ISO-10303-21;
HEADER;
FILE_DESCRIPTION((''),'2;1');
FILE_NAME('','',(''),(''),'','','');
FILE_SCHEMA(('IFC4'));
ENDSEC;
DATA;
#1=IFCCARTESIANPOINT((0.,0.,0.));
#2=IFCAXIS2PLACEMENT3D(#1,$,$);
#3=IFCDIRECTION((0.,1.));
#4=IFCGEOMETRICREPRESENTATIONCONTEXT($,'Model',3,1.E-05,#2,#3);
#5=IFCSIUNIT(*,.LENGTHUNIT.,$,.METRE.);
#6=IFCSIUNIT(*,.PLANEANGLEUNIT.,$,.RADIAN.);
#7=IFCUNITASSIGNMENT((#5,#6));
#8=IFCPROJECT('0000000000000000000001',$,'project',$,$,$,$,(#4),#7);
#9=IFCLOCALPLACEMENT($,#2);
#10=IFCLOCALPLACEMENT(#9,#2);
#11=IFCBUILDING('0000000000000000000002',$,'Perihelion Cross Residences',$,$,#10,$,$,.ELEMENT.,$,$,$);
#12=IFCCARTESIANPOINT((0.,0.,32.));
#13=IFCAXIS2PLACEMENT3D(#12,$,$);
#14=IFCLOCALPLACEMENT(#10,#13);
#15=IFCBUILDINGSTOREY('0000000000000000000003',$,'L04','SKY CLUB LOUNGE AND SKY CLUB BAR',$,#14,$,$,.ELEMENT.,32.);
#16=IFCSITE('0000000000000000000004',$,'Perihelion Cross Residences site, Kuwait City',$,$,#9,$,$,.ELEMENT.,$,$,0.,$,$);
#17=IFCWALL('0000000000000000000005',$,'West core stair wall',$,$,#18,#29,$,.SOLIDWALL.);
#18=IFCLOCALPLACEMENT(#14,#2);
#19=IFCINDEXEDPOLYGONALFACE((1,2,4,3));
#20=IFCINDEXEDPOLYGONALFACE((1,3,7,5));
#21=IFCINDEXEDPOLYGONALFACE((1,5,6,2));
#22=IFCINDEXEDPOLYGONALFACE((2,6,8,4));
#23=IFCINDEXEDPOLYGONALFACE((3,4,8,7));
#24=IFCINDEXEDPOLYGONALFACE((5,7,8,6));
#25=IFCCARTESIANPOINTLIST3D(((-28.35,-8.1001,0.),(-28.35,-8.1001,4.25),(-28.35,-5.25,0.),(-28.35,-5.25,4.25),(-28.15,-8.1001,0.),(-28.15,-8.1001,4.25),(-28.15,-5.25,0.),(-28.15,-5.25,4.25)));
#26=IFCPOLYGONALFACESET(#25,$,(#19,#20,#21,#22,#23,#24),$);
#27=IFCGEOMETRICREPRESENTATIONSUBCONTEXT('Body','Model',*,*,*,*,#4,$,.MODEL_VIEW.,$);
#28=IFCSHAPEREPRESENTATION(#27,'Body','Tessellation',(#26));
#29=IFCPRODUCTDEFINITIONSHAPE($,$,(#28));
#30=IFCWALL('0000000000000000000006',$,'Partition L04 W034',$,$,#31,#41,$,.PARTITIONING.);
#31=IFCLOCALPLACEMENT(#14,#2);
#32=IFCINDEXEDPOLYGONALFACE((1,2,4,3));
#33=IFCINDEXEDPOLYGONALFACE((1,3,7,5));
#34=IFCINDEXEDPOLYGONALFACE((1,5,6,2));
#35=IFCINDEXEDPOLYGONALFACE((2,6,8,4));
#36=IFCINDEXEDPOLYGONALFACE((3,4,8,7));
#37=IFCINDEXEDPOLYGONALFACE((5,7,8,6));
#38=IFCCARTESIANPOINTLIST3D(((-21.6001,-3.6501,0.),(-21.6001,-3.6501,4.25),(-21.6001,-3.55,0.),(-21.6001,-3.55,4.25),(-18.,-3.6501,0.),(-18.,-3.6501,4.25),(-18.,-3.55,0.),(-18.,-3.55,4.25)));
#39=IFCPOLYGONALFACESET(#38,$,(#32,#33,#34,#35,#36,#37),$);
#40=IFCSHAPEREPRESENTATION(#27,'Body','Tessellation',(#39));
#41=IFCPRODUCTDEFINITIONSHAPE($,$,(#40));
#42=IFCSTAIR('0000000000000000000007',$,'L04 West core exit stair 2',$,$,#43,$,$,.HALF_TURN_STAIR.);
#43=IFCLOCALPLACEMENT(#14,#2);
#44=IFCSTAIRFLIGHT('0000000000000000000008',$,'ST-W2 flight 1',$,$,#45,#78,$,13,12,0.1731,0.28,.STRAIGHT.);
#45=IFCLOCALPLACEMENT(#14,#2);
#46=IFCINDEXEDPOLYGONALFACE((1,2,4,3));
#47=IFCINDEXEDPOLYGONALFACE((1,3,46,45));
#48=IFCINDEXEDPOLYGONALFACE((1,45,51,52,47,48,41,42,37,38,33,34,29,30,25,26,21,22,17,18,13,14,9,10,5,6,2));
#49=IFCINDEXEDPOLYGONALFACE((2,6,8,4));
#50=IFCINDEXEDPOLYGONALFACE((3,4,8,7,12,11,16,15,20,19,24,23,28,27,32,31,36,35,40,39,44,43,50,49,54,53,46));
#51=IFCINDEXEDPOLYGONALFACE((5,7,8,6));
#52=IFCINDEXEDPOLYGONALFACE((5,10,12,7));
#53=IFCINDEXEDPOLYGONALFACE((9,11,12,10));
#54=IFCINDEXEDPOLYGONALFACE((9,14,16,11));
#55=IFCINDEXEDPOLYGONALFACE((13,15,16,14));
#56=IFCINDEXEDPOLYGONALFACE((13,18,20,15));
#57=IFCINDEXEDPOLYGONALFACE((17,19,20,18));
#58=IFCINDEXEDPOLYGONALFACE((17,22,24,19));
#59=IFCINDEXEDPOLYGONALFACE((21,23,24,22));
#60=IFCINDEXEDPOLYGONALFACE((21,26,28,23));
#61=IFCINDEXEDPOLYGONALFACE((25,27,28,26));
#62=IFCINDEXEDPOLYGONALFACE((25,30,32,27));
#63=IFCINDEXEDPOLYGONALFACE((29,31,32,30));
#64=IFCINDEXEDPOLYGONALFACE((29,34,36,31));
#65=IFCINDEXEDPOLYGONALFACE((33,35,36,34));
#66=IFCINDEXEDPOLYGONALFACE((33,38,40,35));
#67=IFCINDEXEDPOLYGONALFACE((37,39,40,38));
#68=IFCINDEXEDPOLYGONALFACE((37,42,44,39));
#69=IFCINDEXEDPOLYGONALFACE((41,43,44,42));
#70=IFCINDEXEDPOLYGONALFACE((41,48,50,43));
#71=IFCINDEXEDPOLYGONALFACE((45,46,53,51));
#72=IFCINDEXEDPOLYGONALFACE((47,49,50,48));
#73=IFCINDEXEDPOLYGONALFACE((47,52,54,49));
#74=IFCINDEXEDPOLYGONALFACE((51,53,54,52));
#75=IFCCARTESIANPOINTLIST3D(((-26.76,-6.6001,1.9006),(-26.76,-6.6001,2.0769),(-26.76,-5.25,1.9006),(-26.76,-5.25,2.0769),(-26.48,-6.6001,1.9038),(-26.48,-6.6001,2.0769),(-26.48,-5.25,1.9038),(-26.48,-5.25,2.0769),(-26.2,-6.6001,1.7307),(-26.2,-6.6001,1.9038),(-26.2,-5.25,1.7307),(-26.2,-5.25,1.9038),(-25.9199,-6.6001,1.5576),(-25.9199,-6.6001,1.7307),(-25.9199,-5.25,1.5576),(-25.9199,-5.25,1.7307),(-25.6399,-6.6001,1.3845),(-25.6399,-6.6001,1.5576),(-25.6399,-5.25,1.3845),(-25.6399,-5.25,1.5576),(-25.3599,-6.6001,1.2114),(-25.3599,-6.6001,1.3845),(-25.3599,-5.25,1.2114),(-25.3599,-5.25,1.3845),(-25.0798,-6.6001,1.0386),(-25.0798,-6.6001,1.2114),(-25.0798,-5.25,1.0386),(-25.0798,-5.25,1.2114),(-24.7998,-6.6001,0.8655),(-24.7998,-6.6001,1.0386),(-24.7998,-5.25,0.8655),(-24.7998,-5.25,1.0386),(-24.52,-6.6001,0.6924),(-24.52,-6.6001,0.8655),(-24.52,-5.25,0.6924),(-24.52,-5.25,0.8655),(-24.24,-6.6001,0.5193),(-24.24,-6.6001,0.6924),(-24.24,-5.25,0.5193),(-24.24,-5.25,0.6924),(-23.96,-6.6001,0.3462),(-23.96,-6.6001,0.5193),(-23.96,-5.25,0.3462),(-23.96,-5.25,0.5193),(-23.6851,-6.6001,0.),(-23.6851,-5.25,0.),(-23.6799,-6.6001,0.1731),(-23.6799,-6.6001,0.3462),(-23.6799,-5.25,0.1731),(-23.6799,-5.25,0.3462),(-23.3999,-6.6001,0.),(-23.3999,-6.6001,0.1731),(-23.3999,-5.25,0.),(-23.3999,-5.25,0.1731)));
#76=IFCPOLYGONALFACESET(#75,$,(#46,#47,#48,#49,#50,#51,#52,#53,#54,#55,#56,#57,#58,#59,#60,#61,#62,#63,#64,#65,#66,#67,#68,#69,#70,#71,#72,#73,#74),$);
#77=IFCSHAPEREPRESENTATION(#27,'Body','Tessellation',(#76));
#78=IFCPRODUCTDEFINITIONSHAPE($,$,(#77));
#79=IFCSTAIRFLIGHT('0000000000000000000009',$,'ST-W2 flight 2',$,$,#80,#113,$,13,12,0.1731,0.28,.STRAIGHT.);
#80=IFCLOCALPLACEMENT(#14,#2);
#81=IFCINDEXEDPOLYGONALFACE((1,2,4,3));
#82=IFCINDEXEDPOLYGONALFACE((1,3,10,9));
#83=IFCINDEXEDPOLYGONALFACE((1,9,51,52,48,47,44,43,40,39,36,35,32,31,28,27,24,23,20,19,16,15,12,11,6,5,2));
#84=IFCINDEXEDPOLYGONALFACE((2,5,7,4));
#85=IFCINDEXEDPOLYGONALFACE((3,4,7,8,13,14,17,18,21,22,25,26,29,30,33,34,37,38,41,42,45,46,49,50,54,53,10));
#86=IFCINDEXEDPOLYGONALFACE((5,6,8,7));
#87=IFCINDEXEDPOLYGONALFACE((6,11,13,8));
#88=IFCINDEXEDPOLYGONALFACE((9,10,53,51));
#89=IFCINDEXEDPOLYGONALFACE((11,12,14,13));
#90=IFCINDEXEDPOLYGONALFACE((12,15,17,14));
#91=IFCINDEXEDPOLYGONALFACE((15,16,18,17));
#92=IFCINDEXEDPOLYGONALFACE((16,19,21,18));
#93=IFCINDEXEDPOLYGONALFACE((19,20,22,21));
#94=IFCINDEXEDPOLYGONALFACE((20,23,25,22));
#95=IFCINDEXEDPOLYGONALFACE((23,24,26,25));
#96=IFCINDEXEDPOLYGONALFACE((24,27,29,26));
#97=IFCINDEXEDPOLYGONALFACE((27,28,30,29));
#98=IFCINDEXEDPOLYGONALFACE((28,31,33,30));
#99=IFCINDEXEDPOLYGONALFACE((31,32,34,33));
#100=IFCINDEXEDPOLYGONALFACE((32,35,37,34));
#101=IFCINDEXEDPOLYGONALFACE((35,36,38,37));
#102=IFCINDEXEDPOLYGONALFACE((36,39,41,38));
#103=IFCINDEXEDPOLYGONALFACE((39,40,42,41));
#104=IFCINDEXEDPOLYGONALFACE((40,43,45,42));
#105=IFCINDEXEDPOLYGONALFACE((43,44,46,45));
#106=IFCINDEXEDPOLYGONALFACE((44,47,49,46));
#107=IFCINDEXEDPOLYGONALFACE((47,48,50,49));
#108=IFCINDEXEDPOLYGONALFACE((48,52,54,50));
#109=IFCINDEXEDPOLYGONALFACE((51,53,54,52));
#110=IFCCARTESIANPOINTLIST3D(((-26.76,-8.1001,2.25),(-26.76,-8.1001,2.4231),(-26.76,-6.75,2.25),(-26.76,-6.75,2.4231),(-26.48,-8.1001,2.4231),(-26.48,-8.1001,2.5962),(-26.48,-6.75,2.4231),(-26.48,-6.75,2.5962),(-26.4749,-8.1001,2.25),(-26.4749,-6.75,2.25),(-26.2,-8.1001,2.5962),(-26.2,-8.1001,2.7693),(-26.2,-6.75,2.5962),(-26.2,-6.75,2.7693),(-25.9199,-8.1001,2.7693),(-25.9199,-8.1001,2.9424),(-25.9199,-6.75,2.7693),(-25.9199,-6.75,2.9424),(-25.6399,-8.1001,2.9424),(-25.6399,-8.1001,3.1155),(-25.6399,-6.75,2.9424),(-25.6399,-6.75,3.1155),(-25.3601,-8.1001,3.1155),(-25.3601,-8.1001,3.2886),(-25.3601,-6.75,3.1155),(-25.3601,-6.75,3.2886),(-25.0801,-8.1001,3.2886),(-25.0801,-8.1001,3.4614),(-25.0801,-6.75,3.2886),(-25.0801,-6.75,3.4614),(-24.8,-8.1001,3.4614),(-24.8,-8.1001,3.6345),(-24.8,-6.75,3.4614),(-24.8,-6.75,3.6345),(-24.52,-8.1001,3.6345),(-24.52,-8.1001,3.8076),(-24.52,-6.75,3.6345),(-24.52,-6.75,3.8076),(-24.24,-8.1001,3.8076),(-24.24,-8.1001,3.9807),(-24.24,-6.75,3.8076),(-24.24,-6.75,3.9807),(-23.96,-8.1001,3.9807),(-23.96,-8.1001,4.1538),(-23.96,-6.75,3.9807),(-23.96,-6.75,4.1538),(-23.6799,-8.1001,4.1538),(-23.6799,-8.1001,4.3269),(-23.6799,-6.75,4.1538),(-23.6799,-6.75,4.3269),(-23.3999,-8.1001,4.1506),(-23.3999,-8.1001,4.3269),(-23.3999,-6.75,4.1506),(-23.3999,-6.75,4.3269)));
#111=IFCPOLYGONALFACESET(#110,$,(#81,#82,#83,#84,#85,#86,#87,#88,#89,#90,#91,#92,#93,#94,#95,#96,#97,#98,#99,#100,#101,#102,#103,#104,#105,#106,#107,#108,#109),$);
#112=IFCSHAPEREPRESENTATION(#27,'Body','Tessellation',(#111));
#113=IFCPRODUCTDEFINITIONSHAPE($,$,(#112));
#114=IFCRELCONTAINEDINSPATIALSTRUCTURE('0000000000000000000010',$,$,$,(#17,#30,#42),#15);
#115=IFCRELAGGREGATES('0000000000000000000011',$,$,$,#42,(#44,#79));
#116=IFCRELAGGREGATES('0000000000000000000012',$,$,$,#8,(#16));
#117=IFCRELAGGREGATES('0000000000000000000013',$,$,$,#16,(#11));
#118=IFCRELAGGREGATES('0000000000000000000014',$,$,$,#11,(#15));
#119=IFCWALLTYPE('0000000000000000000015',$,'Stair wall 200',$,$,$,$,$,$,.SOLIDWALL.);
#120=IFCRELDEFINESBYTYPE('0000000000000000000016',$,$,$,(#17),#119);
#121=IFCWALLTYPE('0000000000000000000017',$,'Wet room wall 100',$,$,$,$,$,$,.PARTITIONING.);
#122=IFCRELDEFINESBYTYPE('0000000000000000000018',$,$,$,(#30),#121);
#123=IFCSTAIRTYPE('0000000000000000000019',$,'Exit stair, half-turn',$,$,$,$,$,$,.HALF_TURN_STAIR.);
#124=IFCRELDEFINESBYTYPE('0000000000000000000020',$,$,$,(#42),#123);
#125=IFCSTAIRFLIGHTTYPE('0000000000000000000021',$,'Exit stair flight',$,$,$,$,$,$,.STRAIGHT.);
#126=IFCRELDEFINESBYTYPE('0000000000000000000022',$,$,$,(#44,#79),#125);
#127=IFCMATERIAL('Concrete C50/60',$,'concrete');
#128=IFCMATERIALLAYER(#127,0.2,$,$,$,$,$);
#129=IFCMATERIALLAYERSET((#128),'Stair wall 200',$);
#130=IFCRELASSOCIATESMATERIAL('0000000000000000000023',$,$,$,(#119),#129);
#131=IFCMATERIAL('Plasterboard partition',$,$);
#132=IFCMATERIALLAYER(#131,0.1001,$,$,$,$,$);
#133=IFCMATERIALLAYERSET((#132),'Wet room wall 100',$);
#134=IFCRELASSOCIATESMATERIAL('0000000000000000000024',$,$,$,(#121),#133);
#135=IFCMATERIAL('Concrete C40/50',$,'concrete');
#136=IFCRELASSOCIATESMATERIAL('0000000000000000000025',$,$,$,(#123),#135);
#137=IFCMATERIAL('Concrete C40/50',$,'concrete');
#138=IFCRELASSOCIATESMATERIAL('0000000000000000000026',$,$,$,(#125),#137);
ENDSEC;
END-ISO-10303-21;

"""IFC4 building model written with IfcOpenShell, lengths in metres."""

from ifc_helpers import new_model, si_unit, direction, frame, frame_2d, origin, place, context, subcontext, project, spatial, polyline, rectangle, outline, extrude, material, layer, layer_set, type_object, element, aggregate, save


model = new_model("IFC4")

# Units and contexts
model_context = context("Model", 3, precision=1e-05, world=origin(), true_north=direction((0.0, 1.0)))
body_context = subcontext(model_context, "Body", "Model", "MODEL_VIEW")
ifc_project = project(units=[si_unit("LENGTHUNIT", "METRE"), si_unit("PLANEANGLEUNIT", "RADIAN")], contexts=[model_context])

# Site, building, storey
site_placement = place(None, origin())
site = spatial("IfcSite", under=ifc_project, at=site_placement, Name="Perihelion Cross Residences site, Kuwait City", CompositionType="ELEMENT", RefElevation=0.0)
building_placement = place(site_placement, origin())
building = spatial("IfcBuilding", under=site, at=building_placement, Name="Perihelion Cross Residences", CompositionType="ELEMENT")
storey_placement = place(building_placement, frame((0.0, 0.0, 32.0)))
storey = spatial("IfcBuildingStorey", under=building, at=storey_placement, Name="L04", Description="SKY CLUB LOUNGE AND SKY CLUB BAR", CompositionType="ELEMENT", Elevation=32.0)

# Shared definitions
ifc_material_1 = material(Name="Concrete C50/60", Category="concrete")
ifc_layer_1 = layer(ifc_material_1, 0.2)
ifc_layer_set_1 = layer_set([ifc_layer_1], Name="Stair wall 200")
wall_type_1 = type_object("IfcWallType", Name="Stair wall 200", PredefinedType="SOLIDWALL", material=ifc_layer_set_1)

# Walls
wall_1_placement = place(storey_placement, frame((-28.25, -8.1001, 0.0), z_axis=(0.0, 0.0, 1.0), x_axis=(0.0, 1.0, 0.0)))
element("IfcWall", 1, at=wall_1_placement, inside=storey, type_object=wall_type_1, Name="West core stair wall", PredefinedType="SOLIDWALL", context=body_context, shape_type="SweptSolid", body=[
    extrude(rectangle(XDim=2.8501, YDim=0.2, at=frame_2d((1.425, 0.0))), origin(), (0.0, 0.0, 1.0), 4.25),
])
ifc_material_2 = material(Name="Plasterboard partition")
ifc_layer_2 = layer(ifc_material_2, 0.1001)
ifc_layer_set_2 = layer_set([ifc_layer_2], Name="Wet room wall 100")
wall_type_2 = type_object("IfcWallType", Name="Wet room wall 100", PredefinedType="PARTITIONING", material=ifc_layer_set_2)
wall_2_placement = place(storey_placement, frame((-21.6001, -3.6001, 0.0), z_axis=(0.0, 0.0, 1.0), x_axis=(1.0, 0.0, 0.0)))
element("IfcWall", 2, at=wall_2_placement, inside=storey, type_object=wall_type_2, Name="Partition L04 W034", PredefinedType="PARTITIONING", context=body_context, shape_type="SweptSolid", body=[
    extrude(rectangle(XDim=3.6001, YDim=0.1001, at=frame_2d((1.8, 0.0))), origin(), (0.0, 0.0, 1.0), 4.25),
])

# Stair, stair flights
ifc_material_3 = material(Name="Concrete C40/50", Category="concrete")
stair_type = type_object("IfcStairType", Name="Exit stair, half-turn", PredefinedType="HALF_TURN_STAIR", material=ifc_material_3)
stair_placement = place(storey_placement, origin())
stair = element("IfcStair", 3, at=stair_placement, inside=storey, type_object=stair_type, Name="L04 West core exit stair 2", PredefinedType="HALF_TURN_STAIR")
ifc_material_4 = material(Name="Concrete C40/50", Category="concrete")
stair_flight_type = type_object("IfcStairFlightType", Name="Exit stair flight", PredefinedType="STRAIGHT", material=ifc_material_4)
stair_flight_1_placement = place(storey_placement, frame((-23.3999, -5.925, 0.0), z_axis=(0.0, 0.0, 1.0), x_axis=(-1.0, 0.0, 0.0)))
stair_flight_1 = element("IfcStairFlight", 4, at=stair_flight_1_placement, type_object=stair_flight_type, Name="ST-W2 flight 1", NumberOfRisers=13, NumberOfTreads=12, PredefinedType="STRAIGHT", RiserHeight=0.1731, TreadLength=0.28, context=body_context, shape_type="SweptSolid", body=[
    extrude(outline(polyline([(0.0, 0.0), (0.0, 0.1731), (0.28, 0.1731), (0.28, 0.3462), (0.5601, 0.3462), (0.5601, 0.5193), (0.8401, 0.5193), (0.8401, 0.6924), (1.1201, 0.6924), (1.1201, 0.8655), (1.3999, 0.8655), (1.3999, 1.0386), (1.6799, 1.0386), (1.6799, 1.2114), (1.96, 1.2114), (1.96, 1.3845), (2.24, 1.3845), (2.24, 1.5576), (2.52, 1.5576), (2.52, 1.7307), (2.8, 1.7307), (2.8, 1.9038), (3.0801, 1.9038), (3.0801, 2.0769), (3.3601, 2.0769), (3.3601, 2.25), (3.3601, 1.9006), (0.2852, 0.0), (0.0, 0.0)])), frame((0.0, 0.675, 0.0), z_axis=(0.0, -1.0, 0.0), x_axis=(1.0, 0.0, 0.0)), (0.0, 0.0, 1.0), 1.3501),
])
stair_flight_2_placement = place(storey_placement, frame((-26.76, -7.425, 2.25), z_axis=(0.0, 0.0, 1.0), x_axis=(1.0, 0.0, 0.0)))
stair_flight_2 = element("IfcStairFlight", 5, at=stair_flight_2_placement, type_object=stair_flight_type, Name="ST-W2 flight 2", NumberOfRisers=13, NumberOfTreads=12, PredefinedType="STRAIGHT", RiserHeight=0.1731, TreadLength=0.28, context=body_context, shape_type="SweptSolid", body=[
    extrude(outline(polyline([(0.0, 0.0), (0.0, 0.1731), (0.28, 0.1731), (0.28, 0.3462), (0.5601, 0.3462), (0.5601, 0.5193), (0.8401, 0.5193), (0.8401, 0.6924), (1.1201, 0.6924), (1.1201, 0.8655), (1.3999, 0.8655), (1.3999, 1.0386), (1.6799, 1.0386), (1.6799, 1.2114), (1.96, 1.2114), (1.96, 1.3845), (2.24, 1.3845), (2.24, 1.5576), (2.52, 1.5576), (2.52, 1.7307), (2.8, 1.7307), (2.8, 1.9038), (3.0801, 1.9038), (3.0801, 2.0769), (3.3601, 2.0769), (3.3601, 2.25), (3.3601, 1.9006), (0.2852, 0.0), (0.0, 0.0)])), frame((0.0, 0.675, 0.0), z_axis=(0.0, -1.0, 0.0), x_axis=(1.0, 0.0, 0.0)), (0.0, 0.0, 1.0), 1.3501),
])
aggregate(stair, [stair_flight_1, stair_flight_2])

save(model, "model.ifc")
